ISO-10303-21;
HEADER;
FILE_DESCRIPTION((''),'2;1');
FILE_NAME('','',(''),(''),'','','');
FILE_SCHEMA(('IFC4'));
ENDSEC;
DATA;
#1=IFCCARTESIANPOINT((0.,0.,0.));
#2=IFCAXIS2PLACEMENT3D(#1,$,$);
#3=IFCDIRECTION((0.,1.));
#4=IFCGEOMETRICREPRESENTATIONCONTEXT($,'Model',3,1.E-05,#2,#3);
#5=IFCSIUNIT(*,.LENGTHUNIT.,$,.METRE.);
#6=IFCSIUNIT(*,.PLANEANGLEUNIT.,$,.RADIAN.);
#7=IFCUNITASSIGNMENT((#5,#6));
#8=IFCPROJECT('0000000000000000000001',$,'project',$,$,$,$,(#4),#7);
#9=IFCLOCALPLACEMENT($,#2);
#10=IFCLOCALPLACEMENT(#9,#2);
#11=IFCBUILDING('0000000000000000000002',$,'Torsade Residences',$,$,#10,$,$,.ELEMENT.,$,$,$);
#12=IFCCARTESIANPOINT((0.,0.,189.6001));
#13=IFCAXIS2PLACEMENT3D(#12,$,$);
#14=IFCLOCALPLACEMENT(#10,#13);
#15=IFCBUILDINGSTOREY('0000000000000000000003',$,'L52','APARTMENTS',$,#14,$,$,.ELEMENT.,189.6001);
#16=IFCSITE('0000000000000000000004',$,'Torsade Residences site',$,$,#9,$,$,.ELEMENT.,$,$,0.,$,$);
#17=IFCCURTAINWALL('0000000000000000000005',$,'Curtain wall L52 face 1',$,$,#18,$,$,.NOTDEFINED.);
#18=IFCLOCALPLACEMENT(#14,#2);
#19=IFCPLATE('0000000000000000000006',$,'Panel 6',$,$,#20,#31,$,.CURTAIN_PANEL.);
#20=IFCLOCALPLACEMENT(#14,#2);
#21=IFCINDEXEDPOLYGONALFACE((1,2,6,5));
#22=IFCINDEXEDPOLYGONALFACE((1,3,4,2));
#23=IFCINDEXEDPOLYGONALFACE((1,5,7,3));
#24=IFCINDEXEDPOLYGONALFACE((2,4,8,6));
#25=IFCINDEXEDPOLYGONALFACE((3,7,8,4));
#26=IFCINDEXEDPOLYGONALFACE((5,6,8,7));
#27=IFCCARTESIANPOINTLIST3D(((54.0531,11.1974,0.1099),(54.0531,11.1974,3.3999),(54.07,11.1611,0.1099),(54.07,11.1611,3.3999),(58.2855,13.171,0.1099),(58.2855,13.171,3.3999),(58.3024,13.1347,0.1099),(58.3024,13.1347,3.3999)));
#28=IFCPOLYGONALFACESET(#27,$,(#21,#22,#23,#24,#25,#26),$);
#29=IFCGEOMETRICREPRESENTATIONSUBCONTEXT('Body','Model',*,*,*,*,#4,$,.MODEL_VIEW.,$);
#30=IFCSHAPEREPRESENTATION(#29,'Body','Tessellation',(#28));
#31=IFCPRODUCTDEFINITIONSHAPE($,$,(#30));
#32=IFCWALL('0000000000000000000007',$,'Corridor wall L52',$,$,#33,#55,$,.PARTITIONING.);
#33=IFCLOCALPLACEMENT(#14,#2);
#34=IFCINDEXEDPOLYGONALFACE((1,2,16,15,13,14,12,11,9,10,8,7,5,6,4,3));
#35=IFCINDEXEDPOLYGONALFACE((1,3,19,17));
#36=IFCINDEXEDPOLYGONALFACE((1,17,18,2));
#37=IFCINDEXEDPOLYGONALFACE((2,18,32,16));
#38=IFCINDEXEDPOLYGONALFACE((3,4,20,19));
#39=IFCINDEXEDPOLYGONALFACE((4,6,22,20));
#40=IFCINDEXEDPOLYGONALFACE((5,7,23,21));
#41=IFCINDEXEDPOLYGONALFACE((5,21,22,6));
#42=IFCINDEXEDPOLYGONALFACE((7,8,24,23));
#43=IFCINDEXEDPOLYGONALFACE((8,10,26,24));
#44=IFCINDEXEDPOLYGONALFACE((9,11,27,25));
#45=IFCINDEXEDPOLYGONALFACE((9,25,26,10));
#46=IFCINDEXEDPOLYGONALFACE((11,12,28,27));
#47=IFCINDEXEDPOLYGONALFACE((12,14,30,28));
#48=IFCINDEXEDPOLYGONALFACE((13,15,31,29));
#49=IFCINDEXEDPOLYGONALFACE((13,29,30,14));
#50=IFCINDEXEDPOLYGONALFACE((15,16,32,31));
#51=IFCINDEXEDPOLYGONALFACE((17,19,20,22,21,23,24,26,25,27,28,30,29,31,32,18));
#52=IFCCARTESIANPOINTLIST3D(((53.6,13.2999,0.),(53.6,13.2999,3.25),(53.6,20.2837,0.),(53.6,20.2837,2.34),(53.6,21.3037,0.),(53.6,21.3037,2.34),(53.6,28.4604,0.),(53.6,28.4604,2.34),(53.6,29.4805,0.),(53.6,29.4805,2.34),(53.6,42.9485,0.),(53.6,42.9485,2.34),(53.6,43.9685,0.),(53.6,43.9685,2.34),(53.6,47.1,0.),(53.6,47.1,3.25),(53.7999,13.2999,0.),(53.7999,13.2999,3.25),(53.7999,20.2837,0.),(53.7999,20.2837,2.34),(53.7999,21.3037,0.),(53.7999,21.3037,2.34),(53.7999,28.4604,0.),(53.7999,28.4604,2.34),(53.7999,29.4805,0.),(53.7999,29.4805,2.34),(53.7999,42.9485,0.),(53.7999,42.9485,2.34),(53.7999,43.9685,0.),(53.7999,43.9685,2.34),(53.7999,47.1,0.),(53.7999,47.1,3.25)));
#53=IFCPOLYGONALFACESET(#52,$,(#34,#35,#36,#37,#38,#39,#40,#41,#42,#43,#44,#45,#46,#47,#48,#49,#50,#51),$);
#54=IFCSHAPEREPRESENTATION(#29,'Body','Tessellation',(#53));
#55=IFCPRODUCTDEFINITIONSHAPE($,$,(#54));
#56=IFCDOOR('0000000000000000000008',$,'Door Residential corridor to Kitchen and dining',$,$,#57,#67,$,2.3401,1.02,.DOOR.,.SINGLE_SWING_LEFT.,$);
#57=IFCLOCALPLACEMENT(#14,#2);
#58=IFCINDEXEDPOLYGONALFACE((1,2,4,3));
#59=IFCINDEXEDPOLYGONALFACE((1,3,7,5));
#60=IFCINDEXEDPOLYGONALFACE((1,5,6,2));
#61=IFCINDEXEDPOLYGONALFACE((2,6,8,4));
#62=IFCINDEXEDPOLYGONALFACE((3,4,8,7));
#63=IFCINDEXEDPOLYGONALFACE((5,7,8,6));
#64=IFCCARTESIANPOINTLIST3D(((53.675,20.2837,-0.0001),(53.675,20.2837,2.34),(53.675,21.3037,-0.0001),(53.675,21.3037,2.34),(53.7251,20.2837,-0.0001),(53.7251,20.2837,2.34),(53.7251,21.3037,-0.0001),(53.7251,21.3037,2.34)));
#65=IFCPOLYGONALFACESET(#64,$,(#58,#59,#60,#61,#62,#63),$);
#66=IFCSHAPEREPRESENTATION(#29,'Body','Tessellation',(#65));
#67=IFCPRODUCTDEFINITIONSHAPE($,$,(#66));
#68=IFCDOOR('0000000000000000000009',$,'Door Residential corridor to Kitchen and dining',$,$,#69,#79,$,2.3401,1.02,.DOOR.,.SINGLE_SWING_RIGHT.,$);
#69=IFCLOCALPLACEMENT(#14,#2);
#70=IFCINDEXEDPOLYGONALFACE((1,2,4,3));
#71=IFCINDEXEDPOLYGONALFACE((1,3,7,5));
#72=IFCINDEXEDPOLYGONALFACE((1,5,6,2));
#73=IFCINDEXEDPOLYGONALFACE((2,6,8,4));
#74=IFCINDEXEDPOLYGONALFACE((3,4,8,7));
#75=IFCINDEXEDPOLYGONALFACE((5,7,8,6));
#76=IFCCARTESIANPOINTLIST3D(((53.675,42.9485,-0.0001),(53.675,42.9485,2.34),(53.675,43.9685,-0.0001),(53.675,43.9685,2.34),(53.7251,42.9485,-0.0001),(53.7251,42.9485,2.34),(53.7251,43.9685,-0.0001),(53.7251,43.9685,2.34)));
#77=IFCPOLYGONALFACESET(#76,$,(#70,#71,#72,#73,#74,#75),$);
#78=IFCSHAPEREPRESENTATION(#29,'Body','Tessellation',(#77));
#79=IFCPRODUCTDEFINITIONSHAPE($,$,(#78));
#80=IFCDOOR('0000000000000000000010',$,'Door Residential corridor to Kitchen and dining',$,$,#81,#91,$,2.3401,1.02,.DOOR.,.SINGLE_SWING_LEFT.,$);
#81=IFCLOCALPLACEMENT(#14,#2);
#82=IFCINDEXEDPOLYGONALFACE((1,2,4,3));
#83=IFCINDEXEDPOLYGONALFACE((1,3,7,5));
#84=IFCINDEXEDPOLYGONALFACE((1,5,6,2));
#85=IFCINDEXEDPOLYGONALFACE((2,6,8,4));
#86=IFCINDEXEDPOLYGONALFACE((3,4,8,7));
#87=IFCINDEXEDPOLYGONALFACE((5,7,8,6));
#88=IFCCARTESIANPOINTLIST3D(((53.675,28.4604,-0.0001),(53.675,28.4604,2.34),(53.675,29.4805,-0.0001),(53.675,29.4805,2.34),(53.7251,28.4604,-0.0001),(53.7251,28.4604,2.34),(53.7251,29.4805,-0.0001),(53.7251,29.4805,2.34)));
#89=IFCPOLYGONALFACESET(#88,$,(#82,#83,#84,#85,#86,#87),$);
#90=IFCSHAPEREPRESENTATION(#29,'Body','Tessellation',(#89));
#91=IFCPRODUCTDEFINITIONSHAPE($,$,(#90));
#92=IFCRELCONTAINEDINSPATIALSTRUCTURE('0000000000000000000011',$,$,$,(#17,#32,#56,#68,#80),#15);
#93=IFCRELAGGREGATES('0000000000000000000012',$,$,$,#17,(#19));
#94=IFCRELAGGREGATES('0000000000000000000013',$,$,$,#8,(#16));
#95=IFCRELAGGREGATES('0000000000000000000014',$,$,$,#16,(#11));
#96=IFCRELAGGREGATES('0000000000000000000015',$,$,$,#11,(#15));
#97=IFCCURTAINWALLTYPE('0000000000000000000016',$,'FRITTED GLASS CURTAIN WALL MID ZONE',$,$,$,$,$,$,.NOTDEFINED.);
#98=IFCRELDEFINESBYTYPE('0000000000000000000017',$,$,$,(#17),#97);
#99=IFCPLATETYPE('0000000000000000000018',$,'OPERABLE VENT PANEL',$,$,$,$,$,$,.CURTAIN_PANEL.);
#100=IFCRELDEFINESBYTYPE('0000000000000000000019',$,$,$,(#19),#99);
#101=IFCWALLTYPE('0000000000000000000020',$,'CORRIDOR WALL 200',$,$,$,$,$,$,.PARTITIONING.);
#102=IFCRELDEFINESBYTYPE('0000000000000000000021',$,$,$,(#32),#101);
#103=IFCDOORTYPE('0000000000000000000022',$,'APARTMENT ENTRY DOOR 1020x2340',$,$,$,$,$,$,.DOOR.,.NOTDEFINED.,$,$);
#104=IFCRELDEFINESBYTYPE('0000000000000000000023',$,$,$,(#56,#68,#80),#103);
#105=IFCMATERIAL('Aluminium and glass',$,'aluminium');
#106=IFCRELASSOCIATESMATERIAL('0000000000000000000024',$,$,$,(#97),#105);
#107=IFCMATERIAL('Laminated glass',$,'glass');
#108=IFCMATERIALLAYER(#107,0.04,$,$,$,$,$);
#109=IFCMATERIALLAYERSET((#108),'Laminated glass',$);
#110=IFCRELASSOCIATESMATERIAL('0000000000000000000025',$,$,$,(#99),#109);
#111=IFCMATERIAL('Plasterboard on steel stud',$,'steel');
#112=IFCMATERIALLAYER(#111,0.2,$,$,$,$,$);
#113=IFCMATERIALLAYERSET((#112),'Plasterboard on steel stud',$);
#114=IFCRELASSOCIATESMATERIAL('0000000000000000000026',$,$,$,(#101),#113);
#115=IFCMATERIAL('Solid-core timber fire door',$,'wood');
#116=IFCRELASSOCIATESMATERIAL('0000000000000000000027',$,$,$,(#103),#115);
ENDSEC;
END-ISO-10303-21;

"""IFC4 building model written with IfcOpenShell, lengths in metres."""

from ifc_helpers import new_model, si_unit, direction, frame, frame_2d, origin, origin_2d, place, context, subcontext, project, spatial, rectangle, extrude, material, layer, layer_set, type_object, element, fill, aggregate, save


model = new_model("IFC4")

# Units and contexts
model_context = context("Model", 3, precision=1e-05, world=origin(), true_north=direction((0.0, 1.0)))
body_context = subcontext(model_context, "Body", "Model", "MODEL_VIEW")
ifc_project = project(units=[si_unit("LENGTHUNIT", "METRE"), si_unit("PLANEANGLEUNIT", "RADIAN")], contexts=[model_context])

# Site, building, storey
site_placement = place(None, origin())
site = spatial("IfcSite", under=ifc_project, at=site_placement, Name="Torsade Residences site", CompositionType="ELEMENT", RefElevation=0.0)
building_placement = place(site_placement, origin())
building = spatial("IfcBuilding", under=site, at=building_placement, Name="Torsade Residences", CompositionType="ELEMENT")
storey_placement = place(building_placement, frame((0.0, 0.0, 189.6001)))
storey = spatial("IfcBuildingStorey", under=building, at=storey_placement, Name="L52", Description="APARTMENTS", CompositionType="ELEMENT", Elevation=189.6001)

# Curtain wall
ifc_material_1 = material(Name="Aluminium and glass", Category="aluminium")
curtain_wall_type = type_object("IfcCurtainWallType", Name="FRITTED GLASS CURTAIN WALL MID ZONE", PredefinedType="NOTDEFINED", material=ifc_material_1)
curtain_wall_placement = place(storey_placement, origin())
curtain_wall = element("IfcCurtainWall", 1, at=curtain_wall_placement, inside=storey, type_object=curtain_wall_type, Name="Curtain wall L52 face 1", PredefinedType="NOTDEFINED")

# Plate
ifc_material_2 = material(Name="Laminated glass", Category="glass")
ifc_layer_1 = layer(ifc_material_2, 0.04)
ifc_layer_set_1 = layer_set([ifc_layer_1], Name="Laminated glass")
plate_type_1 = type_object("IfcPlateType", Name="OPERABLE VENT PANEL", PredefinedType="CURTAIN_PANEL", material=ifc_layer_set_1)
plate_1_placement = place(storey_placement, frame((56.1777, 12.166, 0.1099), z_axis=(0.0, 0.0, 1.0), x_axis=(0.906308, 0.422618, 0.0)))
plate_1 = element("IfcPlate", 2, at=plate_1_placement, type_object=plate_type_1, Name="Panel 6", PredefinedType="CURTAIN_PANEL", context=body_context, shape_type="SweptSolid", body=[
    extrude(rectangle(XDim=4.6699, YDim=0.04, at=origin_2d()), origin(), (0.0, 0.0, 1.0), 3.29),
])
aggregate(curtain_wall, [plate_1])

# Wall, openings, doors
ifc_material_3 = material(Name="Plasterboard on steel stud", Category="steel")
ifc_layer_2 = layer(ifc_material_3, 0.2)
ifc_layer_set_2 = layer_set([ifc_layer_2], Name="Plasterboard on steel stud")
wall_type_1 = type_object("IfcWallType", Name="CORRIDOR WALL 200", PredefinedType="PARTITIONING", material=ifc_layer_set_2)
wall_1_placement = place(storey_placement, frame((53.7, 13.3, 0.0), z_axis=(0.0, 0.0, 1.0), x_axis=(0.0, 1.0, 0.0)))
wall_1 = element("IfcWall", 3, at=wall_1_placement, inside=storey, type_object=wall_type_1, Name="Corridor wall L52", PredefinedType="PARTITIONING", context=body_context, shape_type="SweptSolid", body=[
    extrude(rectangle(XDim=33.8, YDim=0.2, at=frame_2d((16.8999, 0.0))), origin(), (0.0, 0.0, 1.0), 3.25),
])
opening_1_placement = place(wall_1_placement, frame((6.9836, 0.0, 0.0)))
opening_1 = element("IfcOpeningElement", 4, at=opening_1_placement, cuts=wall_1, PredefinedType="OPENING", context=body_context, shape_type="SweptSolid", body=[
    extrude(rectangle(XDim=1.02, YDim=2.3401, at=frame_2d((0.51, 1.1699))), frame((0.0, 0.1099, 0.0), z_axis=(0.0, -1.0, 0.0), x_axis=(1.0, 0.0, 0.0)), (0.0, 0.0, 1.0), 0.22),
])
opening_2_placement = place(wall_1_placement, frame((29.6484, 0.0, 0.0)))
opening_2 = element("IfcOpeningElement", 5, at=opening_2_placement, cuts=wall_1, PredefinedType="OPENING", context=body_context, shape_type="SweptSolid", body=[
    extrude(rectangle(XDim=1.02, YDim=2.3401, at=frame_2d((0.51, 1.1699))), frame((0.0, 0.1099, 0.0), z_axis=(0.0, -1.0, 0.0), x_axis=(1.0, 0.0, 0.0)), (0.0, 0.0, 1.0), 0.22),
])
opening_3_placement = place(wall_1_placement, frame((15.1604, 0.0, 0.0)))
opening_3 = element("IfcOpeningElement", 6, at=opening_3_placement, cuts=wall_1, PredefinedType="OPENING", context=body_context, shape_type="SweptSolid", body=[
    extrude(rectangle(XDim=1.02, YDim=2.3401, at=frame_2d((0.51, 1.1699))), frame((0.0, 0.1099, 0.0), z_axis=(0.0, -1.0, 0.0), x_axis=(1.0, 0.0, 0.0)), (0.0, 0.0, 1.0), 0.22),
])
ifc_material_4 = material(Name="Solid-core timber fire door", Category="wood")
door_type_1 = type_object("IfcDoorType", Name="APARTMENT ENTRY DOOR 1020x2340", OperationType="NOTDEFINED", PredefinedType="DOOR", material=ifc_material_4)
door_1_placement = place(opening_1_placement, origin())
door_1 = element("IfcDoor", 7, at=door_1_placement, inside=storey, type_object=door_type_1, Name="Door Residential corridor to Kitchen and dining", OperationType="SINGLE_SWING_LEFT", OverallHeight=2.3401, OverallWidth=1.02, PredefinedType="DOOR", context=body_context, shape_type="SweptSolid", body=[
    extrude(rectangle(XDim=1.02, YDim=2.3401, at=frame_2d((0.51, 1.1699))), frame((0.0, 0.0249, 0.0), z_axis=(0.0, -1.0, 0.0), x_axis=(1.0, 0.0, 0.0)), (0.0, 0.0, 1.0), 0.05),
])
fill(opening_1, door_1)
door_2_placement = place(opening_2_placement, origin())
door_2 = element("IfcDoor", 8, at=door_2_placement, inside=storey, type_object=door_type_1, Name="Door Residential corridor to Kitchen and dining", OperationType="SINGLE_SWING_RIGHT", OverallHeight=2.3401, OverallWidth=1.02, PredefinedType="DOOR", context=body_context, shape_type="SweptSolid", body=[
    extrude(rectangle(XDim=1.02, YDim=2.3401, at=frame_2d((0.51, 1.1699))), frame((0.0, 0.0249, 0.0), z_axis=(0.0, -1.0, 0.0), x_axis=(1.0, 0.0, 0.0)), (0.0, 0.0, 1.0), 0.05),
])
fill(opening_2, door_2)
door_3_placement = place(opening_3_placement, origin())
door_3 = element("IfcDoor", 9, at=door_3_placement, inside=storey, type_object=door_type_1, Name="Door Residential corridor to Kitchen and dining", OperationType="SINGLE_SWING_LEFT", OverallHeight=2.3401, OverallWidth=1.02, PredefinedType="DOOR", context=body_context, shape_type="SweptSolid", body=[
    extrude(rectangle(XDim=1.02, YDim=2.3401, at=frame_2d((0.51, 1.1699))), frame((0.0, 0.0249, 0.0), z_axis=(0.0, -1.0, 0.0), x_axis=(1.0, 0.0, 0.0)), (0.0, 0.0, 1.0), 0.05),
])
fill(opening_3, door_3)

save(model, "model.ifc")
